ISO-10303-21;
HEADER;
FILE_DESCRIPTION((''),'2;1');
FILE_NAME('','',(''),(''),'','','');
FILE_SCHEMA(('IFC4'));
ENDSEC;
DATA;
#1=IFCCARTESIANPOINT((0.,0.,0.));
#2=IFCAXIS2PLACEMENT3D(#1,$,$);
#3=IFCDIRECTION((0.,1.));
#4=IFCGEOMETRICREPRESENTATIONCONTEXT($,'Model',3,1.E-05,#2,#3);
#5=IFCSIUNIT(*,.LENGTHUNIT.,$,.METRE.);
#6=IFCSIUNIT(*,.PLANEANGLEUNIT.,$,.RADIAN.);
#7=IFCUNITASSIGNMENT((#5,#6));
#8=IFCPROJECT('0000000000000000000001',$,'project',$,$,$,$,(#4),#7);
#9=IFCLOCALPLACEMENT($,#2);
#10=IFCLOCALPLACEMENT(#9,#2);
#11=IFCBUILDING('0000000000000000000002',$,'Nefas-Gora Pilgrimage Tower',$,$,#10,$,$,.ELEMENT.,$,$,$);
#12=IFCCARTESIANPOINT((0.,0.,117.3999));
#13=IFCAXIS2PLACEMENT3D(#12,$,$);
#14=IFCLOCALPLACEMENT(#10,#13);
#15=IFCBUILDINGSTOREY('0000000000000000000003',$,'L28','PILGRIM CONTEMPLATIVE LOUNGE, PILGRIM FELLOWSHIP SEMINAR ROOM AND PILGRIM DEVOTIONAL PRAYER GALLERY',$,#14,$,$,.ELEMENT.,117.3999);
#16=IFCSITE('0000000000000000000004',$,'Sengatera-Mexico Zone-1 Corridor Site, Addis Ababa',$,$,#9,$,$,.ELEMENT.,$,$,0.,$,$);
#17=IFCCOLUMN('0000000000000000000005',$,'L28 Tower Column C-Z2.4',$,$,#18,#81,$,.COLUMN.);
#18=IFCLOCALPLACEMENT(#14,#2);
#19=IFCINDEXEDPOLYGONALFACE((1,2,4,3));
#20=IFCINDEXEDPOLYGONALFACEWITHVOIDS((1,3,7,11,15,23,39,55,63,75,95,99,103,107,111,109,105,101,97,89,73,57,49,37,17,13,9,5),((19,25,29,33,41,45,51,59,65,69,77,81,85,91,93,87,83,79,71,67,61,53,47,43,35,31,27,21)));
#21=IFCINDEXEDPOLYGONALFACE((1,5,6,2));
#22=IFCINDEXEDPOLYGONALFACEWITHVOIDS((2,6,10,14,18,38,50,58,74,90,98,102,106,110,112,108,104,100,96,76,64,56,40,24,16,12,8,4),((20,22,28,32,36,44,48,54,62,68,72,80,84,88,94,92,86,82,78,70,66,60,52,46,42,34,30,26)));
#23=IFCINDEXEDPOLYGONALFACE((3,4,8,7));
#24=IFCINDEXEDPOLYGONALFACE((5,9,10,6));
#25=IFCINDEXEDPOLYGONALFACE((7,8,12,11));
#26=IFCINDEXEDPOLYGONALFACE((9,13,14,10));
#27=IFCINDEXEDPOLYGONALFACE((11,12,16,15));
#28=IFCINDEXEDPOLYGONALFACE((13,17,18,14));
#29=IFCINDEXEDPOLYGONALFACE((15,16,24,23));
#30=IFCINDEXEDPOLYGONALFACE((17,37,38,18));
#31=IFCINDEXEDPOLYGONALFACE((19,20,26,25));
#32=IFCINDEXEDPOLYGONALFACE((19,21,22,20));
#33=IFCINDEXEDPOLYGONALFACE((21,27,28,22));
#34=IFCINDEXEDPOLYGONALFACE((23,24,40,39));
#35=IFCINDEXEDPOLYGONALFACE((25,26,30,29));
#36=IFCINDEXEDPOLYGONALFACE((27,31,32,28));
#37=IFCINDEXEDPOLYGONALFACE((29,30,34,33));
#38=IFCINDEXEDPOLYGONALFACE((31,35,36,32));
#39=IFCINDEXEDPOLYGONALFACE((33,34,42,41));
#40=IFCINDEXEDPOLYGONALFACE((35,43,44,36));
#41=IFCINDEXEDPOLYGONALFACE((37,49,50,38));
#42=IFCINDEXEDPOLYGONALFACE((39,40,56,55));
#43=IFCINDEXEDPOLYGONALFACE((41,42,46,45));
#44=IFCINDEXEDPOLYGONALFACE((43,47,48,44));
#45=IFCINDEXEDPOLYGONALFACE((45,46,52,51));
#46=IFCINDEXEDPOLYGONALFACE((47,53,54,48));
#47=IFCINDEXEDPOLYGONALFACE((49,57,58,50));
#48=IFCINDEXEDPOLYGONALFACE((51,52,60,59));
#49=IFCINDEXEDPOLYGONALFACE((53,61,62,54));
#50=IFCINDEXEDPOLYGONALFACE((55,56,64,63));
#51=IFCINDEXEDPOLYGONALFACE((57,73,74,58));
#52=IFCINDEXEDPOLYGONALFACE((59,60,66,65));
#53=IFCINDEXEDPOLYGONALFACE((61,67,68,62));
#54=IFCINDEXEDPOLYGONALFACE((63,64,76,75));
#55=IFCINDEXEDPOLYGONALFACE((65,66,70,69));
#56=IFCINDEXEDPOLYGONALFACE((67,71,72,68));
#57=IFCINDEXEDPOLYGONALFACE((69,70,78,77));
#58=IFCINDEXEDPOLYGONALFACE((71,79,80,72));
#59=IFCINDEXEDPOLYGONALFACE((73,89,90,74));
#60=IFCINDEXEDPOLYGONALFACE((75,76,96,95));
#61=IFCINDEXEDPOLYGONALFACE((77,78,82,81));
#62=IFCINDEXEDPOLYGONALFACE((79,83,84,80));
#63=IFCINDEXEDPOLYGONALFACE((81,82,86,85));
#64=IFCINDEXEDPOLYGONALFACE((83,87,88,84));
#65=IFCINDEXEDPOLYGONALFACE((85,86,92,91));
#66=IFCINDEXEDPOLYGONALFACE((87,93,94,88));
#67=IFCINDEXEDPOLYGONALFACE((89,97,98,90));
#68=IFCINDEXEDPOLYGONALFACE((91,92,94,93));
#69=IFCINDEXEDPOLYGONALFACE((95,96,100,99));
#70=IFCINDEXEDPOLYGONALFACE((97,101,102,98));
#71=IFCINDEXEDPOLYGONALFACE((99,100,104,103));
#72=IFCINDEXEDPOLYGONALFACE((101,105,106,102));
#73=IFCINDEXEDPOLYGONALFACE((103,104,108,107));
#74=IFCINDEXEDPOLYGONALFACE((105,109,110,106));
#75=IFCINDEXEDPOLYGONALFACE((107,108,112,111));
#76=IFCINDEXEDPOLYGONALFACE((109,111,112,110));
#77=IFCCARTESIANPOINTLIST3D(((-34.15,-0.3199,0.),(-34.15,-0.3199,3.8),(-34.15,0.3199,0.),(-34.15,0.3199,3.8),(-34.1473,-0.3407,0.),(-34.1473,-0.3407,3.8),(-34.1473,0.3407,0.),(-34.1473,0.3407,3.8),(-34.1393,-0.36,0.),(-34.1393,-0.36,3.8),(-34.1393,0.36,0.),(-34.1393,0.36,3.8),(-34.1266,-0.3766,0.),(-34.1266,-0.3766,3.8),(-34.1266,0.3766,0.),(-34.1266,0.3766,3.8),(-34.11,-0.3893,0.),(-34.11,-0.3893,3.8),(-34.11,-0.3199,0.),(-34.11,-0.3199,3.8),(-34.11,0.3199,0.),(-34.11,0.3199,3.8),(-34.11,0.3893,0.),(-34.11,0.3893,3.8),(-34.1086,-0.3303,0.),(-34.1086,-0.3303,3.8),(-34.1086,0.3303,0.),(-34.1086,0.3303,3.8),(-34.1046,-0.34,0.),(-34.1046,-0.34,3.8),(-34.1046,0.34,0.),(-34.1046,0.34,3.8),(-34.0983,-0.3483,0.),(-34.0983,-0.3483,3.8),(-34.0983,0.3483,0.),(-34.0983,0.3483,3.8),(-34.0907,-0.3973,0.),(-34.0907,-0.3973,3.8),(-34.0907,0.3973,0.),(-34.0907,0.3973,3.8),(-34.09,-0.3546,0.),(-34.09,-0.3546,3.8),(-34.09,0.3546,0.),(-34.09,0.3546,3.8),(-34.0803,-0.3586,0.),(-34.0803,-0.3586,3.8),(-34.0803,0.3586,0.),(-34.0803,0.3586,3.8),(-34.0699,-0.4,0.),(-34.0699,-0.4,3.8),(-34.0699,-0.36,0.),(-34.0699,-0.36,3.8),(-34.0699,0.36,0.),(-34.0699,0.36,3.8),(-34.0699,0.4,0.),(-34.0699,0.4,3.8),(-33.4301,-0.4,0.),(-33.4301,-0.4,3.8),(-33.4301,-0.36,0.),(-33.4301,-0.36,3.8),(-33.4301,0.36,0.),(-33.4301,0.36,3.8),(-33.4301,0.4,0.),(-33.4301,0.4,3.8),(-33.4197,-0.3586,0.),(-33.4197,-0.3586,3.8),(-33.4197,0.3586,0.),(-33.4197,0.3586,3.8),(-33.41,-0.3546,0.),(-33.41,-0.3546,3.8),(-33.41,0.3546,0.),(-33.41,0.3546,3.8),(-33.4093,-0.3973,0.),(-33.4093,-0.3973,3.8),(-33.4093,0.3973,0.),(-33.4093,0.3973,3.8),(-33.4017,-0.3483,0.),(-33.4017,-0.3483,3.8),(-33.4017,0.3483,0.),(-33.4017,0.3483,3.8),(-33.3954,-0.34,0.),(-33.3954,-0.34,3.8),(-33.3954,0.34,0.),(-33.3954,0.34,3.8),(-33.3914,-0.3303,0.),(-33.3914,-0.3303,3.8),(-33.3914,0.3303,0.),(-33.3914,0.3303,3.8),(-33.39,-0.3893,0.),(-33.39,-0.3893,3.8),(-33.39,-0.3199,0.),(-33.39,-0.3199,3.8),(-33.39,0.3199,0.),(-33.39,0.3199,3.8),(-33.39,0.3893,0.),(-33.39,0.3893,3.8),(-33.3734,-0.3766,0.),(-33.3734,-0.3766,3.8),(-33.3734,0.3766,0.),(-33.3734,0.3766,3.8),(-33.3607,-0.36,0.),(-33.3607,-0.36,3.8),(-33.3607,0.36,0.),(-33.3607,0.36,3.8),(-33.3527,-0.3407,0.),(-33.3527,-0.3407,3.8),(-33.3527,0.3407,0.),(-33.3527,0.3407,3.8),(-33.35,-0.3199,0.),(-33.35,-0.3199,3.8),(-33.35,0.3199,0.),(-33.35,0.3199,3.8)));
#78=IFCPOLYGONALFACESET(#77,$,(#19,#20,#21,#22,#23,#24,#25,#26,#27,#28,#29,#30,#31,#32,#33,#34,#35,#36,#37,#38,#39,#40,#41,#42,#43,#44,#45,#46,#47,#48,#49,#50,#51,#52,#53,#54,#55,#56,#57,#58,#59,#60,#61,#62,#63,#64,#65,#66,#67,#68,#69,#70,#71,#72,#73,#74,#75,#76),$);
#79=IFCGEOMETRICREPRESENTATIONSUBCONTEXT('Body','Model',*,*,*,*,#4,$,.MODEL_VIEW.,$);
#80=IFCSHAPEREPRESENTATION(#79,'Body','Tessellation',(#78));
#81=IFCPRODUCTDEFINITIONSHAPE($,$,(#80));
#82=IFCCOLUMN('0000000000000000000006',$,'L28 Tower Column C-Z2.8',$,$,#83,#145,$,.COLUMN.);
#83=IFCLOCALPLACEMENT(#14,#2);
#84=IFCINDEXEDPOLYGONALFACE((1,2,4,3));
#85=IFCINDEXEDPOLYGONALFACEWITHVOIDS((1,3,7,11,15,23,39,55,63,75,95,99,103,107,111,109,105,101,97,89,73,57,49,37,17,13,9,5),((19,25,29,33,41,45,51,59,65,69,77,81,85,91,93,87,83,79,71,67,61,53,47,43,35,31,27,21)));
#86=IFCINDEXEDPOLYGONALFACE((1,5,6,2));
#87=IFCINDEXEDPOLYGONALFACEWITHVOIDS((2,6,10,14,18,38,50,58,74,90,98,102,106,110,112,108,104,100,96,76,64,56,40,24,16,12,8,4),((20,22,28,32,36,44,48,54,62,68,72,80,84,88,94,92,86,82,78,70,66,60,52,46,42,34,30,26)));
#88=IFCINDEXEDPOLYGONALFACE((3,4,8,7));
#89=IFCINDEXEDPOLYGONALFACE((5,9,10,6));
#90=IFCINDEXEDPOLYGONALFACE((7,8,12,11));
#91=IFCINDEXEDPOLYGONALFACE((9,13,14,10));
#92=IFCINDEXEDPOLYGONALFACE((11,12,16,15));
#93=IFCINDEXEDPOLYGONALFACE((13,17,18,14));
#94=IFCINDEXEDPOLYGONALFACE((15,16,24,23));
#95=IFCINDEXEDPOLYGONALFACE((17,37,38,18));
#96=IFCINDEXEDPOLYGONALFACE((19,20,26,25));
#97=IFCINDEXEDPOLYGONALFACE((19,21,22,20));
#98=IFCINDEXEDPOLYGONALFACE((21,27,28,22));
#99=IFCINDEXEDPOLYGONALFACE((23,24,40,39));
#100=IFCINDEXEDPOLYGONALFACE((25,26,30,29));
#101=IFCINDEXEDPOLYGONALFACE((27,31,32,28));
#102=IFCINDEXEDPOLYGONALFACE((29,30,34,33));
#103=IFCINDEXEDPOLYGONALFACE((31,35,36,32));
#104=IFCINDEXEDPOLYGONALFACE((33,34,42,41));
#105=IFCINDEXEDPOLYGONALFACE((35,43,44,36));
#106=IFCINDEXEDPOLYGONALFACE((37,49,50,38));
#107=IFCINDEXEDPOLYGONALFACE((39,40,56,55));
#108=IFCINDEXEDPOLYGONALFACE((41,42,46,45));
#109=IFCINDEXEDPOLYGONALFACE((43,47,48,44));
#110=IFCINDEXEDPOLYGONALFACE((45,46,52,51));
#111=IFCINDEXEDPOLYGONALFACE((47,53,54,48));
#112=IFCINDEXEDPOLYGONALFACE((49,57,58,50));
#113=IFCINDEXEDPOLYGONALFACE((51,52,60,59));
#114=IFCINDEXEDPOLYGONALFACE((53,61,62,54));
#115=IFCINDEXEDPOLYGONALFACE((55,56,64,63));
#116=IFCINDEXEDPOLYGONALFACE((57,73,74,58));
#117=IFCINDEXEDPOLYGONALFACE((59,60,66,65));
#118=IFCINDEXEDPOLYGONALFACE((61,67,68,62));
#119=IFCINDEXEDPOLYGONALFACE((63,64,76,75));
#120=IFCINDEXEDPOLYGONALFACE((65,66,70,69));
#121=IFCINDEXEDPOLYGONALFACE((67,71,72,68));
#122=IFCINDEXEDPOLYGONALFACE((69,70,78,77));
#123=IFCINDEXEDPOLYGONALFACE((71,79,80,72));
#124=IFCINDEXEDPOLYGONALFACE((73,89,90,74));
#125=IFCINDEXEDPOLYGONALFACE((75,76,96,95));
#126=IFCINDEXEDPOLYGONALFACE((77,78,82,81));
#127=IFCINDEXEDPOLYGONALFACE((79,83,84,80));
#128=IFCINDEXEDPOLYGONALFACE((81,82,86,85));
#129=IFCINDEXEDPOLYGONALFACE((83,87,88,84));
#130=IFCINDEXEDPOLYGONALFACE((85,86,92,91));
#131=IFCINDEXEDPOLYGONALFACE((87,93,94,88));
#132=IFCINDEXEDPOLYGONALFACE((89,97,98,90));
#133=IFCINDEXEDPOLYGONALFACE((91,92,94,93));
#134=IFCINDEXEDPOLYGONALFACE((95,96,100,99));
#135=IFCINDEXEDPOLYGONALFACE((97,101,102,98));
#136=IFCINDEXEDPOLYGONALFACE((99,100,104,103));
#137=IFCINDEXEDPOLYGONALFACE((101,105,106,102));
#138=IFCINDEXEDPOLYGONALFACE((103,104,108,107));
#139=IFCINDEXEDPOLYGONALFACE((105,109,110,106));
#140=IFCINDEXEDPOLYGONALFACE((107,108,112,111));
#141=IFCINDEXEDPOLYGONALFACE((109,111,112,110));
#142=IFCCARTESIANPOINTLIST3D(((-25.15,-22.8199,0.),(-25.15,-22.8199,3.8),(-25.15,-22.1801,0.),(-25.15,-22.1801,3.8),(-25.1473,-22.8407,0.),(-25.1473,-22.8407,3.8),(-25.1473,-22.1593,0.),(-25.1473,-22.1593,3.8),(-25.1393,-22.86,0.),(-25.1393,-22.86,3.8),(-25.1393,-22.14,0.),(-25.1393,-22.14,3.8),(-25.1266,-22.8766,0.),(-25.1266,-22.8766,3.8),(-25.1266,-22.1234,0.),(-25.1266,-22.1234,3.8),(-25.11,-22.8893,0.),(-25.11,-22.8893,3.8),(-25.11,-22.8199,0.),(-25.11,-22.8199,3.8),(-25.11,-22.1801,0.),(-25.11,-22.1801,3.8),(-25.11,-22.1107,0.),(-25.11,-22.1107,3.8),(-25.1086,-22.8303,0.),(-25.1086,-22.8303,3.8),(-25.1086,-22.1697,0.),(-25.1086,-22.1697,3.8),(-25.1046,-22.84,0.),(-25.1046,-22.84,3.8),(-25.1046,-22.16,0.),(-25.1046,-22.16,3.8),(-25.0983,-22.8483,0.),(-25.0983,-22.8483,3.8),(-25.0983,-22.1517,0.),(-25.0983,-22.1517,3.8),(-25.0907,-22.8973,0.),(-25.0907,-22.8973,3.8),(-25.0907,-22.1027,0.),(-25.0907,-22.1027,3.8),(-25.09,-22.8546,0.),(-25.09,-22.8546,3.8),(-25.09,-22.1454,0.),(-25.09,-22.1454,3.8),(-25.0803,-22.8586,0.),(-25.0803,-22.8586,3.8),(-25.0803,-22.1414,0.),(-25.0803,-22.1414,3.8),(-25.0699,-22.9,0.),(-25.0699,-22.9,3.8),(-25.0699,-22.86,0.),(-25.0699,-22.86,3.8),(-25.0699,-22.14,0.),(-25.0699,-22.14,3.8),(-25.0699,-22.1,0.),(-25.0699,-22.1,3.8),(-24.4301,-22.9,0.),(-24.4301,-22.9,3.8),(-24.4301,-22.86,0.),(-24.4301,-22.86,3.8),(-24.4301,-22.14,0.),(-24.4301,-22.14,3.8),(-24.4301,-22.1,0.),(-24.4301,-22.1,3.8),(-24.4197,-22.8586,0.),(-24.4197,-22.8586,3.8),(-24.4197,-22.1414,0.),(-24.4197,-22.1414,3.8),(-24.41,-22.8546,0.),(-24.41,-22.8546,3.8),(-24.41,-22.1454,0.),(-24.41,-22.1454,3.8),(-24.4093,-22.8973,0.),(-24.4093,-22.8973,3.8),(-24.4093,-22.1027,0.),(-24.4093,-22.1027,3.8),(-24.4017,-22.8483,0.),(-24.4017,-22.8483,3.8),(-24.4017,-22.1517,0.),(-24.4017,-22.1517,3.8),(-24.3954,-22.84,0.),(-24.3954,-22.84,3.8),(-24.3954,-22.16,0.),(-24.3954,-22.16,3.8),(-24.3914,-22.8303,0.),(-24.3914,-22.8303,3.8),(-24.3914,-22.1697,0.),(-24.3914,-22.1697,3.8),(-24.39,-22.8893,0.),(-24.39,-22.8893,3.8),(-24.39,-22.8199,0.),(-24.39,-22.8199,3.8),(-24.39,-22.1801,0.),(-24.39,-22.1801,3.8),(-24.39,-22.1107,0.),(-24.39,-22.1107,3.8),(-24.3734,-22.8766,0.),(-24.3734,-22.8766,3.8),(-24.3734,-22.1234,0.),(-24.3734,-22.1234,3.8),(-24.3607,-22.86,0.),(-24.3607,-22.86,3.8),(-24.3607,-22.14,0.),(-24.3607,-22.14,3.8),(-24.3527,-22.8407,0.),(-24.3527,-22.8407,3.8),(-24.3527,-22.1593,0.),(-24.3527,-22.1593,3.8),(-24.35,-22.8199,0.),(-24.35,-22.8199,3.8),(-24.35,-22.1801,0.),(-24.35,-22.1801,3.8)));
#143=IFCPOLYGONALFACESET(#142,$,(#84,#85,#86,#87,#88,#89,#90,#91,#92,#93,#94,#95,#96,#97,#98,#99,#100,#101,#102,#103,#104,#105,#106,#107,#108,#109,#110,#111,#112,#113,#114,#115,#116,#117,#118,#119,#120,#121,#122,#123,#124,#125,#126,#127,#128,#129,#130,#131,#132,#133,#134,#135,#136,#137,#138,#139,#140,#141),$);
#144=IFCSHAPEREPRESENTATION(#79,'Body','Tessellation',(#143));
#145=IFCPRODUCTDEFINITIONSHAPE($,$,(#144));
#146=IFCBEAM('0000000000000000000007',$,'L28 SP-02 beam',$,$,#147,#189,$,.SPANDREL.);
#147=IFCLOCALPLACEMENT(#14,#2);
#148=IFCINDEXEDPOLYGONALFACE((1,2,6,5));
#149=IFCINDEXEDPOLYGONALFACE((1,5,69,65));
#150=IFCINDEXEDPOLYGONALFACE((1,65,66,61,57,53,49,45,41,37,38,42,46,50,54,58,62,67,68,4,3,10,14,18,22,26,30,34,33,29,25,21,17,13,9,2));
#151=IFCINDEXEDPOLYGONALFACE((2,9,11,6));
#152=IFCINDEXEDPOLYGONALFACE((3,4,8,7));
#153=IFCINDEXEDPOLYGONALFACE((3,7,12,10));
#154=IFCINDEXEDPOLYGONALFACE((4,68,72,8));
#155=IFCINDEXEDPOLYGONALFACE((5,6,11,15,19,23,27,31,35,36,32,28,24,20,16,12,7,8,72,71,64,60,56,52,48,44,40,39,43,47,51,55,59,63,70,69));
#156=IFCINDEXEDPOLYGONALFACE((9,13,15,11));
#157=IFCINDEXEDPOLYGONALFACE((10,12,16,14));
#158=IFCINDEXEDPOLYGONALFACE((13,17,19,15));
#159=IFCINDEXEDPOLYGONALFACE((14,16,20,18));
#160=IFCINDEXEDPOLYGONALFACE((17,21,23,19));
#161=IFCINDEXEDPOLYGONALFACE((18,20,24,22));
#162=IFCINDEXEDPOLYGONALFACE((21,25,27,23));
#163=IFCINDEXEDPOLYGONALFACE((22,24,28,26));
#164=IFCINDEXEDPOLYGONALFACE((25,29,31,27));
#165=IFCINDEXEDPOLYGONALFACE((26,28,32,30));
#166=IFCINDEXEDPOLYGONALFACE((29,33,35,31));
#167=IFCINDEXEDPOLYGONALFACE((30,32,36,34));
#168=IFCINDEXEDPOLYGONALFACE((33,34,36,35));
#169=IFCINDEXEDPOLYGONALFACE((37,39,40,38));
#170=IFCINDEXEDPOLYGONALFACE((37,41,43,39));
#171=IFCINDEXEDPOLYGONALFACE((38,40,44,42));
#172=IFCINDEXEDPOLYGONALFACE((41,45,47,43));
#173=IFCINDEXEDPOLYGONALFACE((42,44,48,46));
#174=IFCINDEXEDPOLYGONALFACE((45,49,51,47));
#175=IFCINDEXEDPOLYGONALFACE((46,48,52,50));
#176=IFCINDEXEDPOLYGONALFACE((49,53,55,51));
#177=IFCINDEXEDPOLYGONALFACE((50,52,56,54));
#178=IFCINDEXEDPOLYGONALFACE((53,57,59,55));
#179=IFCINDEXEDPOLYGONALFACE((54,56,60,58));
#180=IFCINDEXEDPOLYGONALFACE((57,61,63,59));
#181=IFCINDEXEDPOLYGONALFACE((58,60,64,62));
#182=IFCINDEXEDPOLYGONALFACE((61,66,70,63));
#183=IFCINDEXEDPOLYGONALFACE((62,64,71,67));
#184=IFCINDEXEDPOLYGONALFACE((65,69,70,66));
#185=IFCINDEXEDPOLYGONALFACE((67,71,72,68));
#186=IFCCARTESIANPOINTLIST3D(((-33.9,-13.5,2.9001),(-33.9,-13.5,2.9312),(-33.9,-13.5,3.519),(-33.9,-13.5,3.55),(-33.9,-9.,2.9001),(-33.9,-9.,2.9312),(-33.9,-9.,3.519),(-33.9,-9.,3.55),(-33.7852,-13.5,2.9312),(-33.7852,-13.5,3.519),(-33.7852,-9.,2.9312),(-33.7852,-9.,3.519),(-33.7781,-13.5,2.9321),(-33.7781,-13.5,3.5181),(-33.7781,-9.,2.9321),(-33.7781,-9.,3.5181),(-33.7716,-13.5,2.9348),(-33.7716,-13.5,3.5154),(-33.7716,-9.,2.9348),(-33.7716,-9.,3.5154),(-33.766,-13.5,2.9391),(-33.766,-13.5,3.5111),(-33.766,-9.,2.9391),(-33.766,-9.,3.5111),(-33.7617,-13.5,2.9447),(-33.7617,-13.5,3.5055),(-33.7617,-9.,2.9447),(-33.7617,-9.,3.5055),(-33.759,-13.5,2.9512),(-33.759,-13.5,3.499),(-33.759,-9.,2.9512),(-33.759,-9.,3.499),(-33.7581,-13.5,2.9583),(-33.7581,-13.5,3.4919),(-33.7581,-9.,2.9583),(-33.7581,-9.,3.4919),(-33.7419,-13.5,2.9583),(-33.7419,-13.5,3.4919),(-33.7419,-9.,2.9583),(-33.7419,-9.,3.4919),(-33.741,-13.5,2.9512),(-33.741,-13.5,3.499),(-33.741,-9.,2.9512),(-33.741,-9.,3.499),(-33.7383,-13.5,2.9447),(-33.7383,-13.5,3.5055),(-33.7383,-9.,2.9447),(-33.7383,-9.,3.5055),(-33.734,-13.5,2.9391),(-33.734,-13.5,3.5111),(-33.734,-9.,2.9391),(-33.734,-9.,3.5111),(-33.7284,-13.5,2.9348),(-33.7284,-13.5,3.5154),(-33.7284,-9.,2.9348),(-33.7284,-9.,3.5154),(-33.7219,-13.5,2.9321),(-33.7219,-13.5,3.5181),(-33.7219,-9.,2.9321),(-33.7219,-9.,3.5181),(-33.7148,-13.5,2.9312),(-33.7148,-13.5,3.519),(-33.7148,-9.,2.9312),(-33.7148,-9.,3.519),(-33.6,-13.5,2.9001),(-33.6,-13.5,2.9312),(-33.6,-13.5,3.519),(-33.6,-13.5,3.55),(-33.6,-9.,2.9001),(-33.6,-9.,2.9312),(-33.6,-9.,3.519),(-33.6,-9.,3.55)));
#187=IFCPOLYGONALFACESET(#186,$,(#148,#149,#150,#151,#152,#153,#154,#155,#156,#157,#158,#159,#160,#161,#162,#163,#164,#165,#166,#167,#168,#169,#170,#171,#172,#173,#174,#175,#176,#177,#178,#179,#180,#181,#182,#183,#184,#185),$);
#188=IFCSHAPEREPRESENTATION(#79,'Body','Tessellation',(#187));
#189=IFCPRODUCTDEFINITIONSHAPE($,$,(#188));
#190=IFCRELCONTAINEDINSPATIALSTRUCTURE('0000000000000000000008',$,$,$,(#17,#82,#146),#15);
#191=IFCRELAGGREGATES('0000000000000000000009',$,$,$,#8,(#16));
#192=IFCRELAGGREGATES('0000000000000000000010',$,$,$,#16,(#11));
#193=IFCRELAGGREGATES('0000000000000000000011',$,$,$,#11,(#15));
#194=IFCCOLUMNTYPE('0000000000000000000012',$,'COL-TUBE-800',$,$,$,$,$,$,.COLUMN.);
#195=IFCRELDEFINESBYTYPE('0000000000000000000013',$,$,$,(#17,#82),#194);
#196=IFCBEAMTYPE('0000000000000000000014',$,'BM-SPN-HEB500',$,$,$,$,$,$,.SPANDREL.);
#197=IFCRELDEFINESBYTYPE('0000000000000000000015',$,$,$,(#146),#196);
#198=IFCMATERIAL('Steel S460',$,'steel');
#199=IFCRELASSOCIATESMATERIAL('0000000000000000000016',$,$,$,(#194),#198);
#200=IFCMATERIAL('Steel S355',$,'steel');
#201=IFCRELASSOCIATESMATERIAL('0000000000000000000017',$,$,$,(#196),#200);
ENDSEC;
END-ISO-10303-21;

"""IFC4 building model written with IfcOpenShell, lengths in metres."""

from ifc_helpers import new_model, si_unit, direction, frame, origin, origin_2d, place, context, subcontext, project, spatial, hollow_rectangle, i_section, extrude, source, transform, mapped, material, material_profile, profile_set, type_object, element, save


model = new_model("IFC4")

# Units and contexts
model_context = context("Model", 3, precision=1e-05, world=origin(), true_north=direction((0.0, 1.0)))
body_context = subcontext(model_context, "Body", "Model", "MODEL_VIEW")
ifc_project = project(units=[si_unit("LENGTHUNIT", "METRE"), si_unit("PLANEANGLEUNIT", "RADIAN")], contexts=[model_context])

# Site, building, storey
site_placement = place(None, origin())
site = spatial("IfcSite", under=ifc_project, at=site_placement, Name="Sengatera-Mexico Zone-1 Corridor Site, Addis Ababa", CompositionType="ELEMENT", RefElevation=0.0)
building_placement = place(site_placement, origin())
building = spatial("IfcBuilding", under=site, at=building_placement, Name="Nefas-Gora Pilgrimage Tower", CompositionType="ELEMENT")
storey_placement = place(building_placement, frame((0.0, 0.0, 117.3999)))
storey = spatial("IfcBuildingStorey", under=building, at=storey_placement, Name="L28", Description="PILGRIM CONTEMPLATIVE LOUNGE, PILGRIM FELLOWSHIP SEMINAR ROOM AND PILGRIM DEVOTIONAL PRAYER GALLERY", CompositionType="ELEMENT", Elevation=117.3999)

# Columns
ifc_material_1 = material(Name="Steel S460", Category="steel")
ifc_material_profile_1 = material_profile(ifc_material_1, hollow_rectangle(XDim=0.8, YDim=0.8, WallThickness=0.04, InnerFilletRadius=0.04, OuterFilletRadius=0.0801, at=origin_2d()), Name="BOX 800x800x40")
ifc_profile_set_1 = profile_set([ifc_material_profile_1], Name="Steel S460")
column_type_1 = type_object("IfcColumnType", Name="COL-TUBE-800", PredefinedType="COLUMN", material=ifc_profile_set_1)
shared_shape_1 = source(origin(), body_context, "Body", "SweptSolid", [
    extrude(hollow_rectangle(XDim=0.8, YDim=0.8, WallThickness=0.04, InnerFilletRadius=0.04, OuterFilletRadius=0.0801, at=origin_2d()), origin(), (0.0, 0.0, 1.0), 3.8),
])
for number, where, z_axis, x_axis, name in (
    (1, (-33.75, 0.0, 0.0), (0.0, 0.0, 1.0), (1.0, 0.0, 0.0), "L28 Tower Column C-Z2.4"),
    (2, (-24.75, -22.5, 0.0), (0.0, 0.0, 1.0), (1.0, 0.0, 0.0), "L28 Tower Column C-Z2.8"),
):
    element("IfcColumn", number, at=place(storey_placement, frame(where, z_axis=z_axis, x_axis=x_axis)), inside=storey, type_object=column_type_1, Name=name, PredefinedType="COLUMN", context=body_context, shape_type="MappedRepresentation", body=[
        mapped(shared_shape_1, transform((0.0, 0.0, 0.0), x_axis=(1.0, 0.0, 0.0), y_axis=(0.0, 1.0, 0.0), z_axis=(0.0, 0.0, 1.0), scale=1.0)),
    ])

# Beam
ifc_material_2 = material(Name="Steel S355", Category="steel")
ifc_material_profile_2 = material_profile(ifc_material_2, i_section(OverallWidth=0.3, OverallDepth=0.6499, WebThickness=0.0161, FlangeThickness=0.031, FilletRadius=0.0271, at=origin_2d()), Name="HEB 650")
ifc_profile_set_2 = profile_set([ifc_material_profile_2], Name="Steel S355")
beam_type_1 = type_object("IfcBeamType", Name="BM-SPN-HEB500", PredefinedType="SPANDREL", material=ifc_profile_set_2)
shared_shape_2 = source(origin(), body_context, "Body", "SweptSolid", [
    extrude(i_section(OverallWidth=0.3, OverallDepth=0.6499, WebThickness=0.0161, FlangeThickness=0.031, FilletRadius=0.0271, at=origin_2d()), origin(), (0.0, 0.0, 1.0), 4.5),
])
for number, where, z_axis, x_axis, name in (
    (3, (-33.75, -13.5, 3.2251), (0.0, 1.0, 0.0), (-1.0, 0.0, 0.0), "L28 SP-02 beam"),
):
    element("IfcBeam", number, at=place(storey_placement, frame(where, z_axis=z_axis, x_axis=x_axis)), inside=storey, type_object=beam_type_1, Name=name, PredefinedType="SPANDREL", context=body_context, shape_type="MappedRepresentation", body=[
        mapped(shared_shape_2, transform((0.0, 0.0, 0.0), x_axis=(1.0, 0.0, 0.0), y_axis=(0.0, 1.0, 0.0), z_axis=(0.0, 0.0, 1.0), scale=1.0)),
    ])

save(model, "model.ifc")
